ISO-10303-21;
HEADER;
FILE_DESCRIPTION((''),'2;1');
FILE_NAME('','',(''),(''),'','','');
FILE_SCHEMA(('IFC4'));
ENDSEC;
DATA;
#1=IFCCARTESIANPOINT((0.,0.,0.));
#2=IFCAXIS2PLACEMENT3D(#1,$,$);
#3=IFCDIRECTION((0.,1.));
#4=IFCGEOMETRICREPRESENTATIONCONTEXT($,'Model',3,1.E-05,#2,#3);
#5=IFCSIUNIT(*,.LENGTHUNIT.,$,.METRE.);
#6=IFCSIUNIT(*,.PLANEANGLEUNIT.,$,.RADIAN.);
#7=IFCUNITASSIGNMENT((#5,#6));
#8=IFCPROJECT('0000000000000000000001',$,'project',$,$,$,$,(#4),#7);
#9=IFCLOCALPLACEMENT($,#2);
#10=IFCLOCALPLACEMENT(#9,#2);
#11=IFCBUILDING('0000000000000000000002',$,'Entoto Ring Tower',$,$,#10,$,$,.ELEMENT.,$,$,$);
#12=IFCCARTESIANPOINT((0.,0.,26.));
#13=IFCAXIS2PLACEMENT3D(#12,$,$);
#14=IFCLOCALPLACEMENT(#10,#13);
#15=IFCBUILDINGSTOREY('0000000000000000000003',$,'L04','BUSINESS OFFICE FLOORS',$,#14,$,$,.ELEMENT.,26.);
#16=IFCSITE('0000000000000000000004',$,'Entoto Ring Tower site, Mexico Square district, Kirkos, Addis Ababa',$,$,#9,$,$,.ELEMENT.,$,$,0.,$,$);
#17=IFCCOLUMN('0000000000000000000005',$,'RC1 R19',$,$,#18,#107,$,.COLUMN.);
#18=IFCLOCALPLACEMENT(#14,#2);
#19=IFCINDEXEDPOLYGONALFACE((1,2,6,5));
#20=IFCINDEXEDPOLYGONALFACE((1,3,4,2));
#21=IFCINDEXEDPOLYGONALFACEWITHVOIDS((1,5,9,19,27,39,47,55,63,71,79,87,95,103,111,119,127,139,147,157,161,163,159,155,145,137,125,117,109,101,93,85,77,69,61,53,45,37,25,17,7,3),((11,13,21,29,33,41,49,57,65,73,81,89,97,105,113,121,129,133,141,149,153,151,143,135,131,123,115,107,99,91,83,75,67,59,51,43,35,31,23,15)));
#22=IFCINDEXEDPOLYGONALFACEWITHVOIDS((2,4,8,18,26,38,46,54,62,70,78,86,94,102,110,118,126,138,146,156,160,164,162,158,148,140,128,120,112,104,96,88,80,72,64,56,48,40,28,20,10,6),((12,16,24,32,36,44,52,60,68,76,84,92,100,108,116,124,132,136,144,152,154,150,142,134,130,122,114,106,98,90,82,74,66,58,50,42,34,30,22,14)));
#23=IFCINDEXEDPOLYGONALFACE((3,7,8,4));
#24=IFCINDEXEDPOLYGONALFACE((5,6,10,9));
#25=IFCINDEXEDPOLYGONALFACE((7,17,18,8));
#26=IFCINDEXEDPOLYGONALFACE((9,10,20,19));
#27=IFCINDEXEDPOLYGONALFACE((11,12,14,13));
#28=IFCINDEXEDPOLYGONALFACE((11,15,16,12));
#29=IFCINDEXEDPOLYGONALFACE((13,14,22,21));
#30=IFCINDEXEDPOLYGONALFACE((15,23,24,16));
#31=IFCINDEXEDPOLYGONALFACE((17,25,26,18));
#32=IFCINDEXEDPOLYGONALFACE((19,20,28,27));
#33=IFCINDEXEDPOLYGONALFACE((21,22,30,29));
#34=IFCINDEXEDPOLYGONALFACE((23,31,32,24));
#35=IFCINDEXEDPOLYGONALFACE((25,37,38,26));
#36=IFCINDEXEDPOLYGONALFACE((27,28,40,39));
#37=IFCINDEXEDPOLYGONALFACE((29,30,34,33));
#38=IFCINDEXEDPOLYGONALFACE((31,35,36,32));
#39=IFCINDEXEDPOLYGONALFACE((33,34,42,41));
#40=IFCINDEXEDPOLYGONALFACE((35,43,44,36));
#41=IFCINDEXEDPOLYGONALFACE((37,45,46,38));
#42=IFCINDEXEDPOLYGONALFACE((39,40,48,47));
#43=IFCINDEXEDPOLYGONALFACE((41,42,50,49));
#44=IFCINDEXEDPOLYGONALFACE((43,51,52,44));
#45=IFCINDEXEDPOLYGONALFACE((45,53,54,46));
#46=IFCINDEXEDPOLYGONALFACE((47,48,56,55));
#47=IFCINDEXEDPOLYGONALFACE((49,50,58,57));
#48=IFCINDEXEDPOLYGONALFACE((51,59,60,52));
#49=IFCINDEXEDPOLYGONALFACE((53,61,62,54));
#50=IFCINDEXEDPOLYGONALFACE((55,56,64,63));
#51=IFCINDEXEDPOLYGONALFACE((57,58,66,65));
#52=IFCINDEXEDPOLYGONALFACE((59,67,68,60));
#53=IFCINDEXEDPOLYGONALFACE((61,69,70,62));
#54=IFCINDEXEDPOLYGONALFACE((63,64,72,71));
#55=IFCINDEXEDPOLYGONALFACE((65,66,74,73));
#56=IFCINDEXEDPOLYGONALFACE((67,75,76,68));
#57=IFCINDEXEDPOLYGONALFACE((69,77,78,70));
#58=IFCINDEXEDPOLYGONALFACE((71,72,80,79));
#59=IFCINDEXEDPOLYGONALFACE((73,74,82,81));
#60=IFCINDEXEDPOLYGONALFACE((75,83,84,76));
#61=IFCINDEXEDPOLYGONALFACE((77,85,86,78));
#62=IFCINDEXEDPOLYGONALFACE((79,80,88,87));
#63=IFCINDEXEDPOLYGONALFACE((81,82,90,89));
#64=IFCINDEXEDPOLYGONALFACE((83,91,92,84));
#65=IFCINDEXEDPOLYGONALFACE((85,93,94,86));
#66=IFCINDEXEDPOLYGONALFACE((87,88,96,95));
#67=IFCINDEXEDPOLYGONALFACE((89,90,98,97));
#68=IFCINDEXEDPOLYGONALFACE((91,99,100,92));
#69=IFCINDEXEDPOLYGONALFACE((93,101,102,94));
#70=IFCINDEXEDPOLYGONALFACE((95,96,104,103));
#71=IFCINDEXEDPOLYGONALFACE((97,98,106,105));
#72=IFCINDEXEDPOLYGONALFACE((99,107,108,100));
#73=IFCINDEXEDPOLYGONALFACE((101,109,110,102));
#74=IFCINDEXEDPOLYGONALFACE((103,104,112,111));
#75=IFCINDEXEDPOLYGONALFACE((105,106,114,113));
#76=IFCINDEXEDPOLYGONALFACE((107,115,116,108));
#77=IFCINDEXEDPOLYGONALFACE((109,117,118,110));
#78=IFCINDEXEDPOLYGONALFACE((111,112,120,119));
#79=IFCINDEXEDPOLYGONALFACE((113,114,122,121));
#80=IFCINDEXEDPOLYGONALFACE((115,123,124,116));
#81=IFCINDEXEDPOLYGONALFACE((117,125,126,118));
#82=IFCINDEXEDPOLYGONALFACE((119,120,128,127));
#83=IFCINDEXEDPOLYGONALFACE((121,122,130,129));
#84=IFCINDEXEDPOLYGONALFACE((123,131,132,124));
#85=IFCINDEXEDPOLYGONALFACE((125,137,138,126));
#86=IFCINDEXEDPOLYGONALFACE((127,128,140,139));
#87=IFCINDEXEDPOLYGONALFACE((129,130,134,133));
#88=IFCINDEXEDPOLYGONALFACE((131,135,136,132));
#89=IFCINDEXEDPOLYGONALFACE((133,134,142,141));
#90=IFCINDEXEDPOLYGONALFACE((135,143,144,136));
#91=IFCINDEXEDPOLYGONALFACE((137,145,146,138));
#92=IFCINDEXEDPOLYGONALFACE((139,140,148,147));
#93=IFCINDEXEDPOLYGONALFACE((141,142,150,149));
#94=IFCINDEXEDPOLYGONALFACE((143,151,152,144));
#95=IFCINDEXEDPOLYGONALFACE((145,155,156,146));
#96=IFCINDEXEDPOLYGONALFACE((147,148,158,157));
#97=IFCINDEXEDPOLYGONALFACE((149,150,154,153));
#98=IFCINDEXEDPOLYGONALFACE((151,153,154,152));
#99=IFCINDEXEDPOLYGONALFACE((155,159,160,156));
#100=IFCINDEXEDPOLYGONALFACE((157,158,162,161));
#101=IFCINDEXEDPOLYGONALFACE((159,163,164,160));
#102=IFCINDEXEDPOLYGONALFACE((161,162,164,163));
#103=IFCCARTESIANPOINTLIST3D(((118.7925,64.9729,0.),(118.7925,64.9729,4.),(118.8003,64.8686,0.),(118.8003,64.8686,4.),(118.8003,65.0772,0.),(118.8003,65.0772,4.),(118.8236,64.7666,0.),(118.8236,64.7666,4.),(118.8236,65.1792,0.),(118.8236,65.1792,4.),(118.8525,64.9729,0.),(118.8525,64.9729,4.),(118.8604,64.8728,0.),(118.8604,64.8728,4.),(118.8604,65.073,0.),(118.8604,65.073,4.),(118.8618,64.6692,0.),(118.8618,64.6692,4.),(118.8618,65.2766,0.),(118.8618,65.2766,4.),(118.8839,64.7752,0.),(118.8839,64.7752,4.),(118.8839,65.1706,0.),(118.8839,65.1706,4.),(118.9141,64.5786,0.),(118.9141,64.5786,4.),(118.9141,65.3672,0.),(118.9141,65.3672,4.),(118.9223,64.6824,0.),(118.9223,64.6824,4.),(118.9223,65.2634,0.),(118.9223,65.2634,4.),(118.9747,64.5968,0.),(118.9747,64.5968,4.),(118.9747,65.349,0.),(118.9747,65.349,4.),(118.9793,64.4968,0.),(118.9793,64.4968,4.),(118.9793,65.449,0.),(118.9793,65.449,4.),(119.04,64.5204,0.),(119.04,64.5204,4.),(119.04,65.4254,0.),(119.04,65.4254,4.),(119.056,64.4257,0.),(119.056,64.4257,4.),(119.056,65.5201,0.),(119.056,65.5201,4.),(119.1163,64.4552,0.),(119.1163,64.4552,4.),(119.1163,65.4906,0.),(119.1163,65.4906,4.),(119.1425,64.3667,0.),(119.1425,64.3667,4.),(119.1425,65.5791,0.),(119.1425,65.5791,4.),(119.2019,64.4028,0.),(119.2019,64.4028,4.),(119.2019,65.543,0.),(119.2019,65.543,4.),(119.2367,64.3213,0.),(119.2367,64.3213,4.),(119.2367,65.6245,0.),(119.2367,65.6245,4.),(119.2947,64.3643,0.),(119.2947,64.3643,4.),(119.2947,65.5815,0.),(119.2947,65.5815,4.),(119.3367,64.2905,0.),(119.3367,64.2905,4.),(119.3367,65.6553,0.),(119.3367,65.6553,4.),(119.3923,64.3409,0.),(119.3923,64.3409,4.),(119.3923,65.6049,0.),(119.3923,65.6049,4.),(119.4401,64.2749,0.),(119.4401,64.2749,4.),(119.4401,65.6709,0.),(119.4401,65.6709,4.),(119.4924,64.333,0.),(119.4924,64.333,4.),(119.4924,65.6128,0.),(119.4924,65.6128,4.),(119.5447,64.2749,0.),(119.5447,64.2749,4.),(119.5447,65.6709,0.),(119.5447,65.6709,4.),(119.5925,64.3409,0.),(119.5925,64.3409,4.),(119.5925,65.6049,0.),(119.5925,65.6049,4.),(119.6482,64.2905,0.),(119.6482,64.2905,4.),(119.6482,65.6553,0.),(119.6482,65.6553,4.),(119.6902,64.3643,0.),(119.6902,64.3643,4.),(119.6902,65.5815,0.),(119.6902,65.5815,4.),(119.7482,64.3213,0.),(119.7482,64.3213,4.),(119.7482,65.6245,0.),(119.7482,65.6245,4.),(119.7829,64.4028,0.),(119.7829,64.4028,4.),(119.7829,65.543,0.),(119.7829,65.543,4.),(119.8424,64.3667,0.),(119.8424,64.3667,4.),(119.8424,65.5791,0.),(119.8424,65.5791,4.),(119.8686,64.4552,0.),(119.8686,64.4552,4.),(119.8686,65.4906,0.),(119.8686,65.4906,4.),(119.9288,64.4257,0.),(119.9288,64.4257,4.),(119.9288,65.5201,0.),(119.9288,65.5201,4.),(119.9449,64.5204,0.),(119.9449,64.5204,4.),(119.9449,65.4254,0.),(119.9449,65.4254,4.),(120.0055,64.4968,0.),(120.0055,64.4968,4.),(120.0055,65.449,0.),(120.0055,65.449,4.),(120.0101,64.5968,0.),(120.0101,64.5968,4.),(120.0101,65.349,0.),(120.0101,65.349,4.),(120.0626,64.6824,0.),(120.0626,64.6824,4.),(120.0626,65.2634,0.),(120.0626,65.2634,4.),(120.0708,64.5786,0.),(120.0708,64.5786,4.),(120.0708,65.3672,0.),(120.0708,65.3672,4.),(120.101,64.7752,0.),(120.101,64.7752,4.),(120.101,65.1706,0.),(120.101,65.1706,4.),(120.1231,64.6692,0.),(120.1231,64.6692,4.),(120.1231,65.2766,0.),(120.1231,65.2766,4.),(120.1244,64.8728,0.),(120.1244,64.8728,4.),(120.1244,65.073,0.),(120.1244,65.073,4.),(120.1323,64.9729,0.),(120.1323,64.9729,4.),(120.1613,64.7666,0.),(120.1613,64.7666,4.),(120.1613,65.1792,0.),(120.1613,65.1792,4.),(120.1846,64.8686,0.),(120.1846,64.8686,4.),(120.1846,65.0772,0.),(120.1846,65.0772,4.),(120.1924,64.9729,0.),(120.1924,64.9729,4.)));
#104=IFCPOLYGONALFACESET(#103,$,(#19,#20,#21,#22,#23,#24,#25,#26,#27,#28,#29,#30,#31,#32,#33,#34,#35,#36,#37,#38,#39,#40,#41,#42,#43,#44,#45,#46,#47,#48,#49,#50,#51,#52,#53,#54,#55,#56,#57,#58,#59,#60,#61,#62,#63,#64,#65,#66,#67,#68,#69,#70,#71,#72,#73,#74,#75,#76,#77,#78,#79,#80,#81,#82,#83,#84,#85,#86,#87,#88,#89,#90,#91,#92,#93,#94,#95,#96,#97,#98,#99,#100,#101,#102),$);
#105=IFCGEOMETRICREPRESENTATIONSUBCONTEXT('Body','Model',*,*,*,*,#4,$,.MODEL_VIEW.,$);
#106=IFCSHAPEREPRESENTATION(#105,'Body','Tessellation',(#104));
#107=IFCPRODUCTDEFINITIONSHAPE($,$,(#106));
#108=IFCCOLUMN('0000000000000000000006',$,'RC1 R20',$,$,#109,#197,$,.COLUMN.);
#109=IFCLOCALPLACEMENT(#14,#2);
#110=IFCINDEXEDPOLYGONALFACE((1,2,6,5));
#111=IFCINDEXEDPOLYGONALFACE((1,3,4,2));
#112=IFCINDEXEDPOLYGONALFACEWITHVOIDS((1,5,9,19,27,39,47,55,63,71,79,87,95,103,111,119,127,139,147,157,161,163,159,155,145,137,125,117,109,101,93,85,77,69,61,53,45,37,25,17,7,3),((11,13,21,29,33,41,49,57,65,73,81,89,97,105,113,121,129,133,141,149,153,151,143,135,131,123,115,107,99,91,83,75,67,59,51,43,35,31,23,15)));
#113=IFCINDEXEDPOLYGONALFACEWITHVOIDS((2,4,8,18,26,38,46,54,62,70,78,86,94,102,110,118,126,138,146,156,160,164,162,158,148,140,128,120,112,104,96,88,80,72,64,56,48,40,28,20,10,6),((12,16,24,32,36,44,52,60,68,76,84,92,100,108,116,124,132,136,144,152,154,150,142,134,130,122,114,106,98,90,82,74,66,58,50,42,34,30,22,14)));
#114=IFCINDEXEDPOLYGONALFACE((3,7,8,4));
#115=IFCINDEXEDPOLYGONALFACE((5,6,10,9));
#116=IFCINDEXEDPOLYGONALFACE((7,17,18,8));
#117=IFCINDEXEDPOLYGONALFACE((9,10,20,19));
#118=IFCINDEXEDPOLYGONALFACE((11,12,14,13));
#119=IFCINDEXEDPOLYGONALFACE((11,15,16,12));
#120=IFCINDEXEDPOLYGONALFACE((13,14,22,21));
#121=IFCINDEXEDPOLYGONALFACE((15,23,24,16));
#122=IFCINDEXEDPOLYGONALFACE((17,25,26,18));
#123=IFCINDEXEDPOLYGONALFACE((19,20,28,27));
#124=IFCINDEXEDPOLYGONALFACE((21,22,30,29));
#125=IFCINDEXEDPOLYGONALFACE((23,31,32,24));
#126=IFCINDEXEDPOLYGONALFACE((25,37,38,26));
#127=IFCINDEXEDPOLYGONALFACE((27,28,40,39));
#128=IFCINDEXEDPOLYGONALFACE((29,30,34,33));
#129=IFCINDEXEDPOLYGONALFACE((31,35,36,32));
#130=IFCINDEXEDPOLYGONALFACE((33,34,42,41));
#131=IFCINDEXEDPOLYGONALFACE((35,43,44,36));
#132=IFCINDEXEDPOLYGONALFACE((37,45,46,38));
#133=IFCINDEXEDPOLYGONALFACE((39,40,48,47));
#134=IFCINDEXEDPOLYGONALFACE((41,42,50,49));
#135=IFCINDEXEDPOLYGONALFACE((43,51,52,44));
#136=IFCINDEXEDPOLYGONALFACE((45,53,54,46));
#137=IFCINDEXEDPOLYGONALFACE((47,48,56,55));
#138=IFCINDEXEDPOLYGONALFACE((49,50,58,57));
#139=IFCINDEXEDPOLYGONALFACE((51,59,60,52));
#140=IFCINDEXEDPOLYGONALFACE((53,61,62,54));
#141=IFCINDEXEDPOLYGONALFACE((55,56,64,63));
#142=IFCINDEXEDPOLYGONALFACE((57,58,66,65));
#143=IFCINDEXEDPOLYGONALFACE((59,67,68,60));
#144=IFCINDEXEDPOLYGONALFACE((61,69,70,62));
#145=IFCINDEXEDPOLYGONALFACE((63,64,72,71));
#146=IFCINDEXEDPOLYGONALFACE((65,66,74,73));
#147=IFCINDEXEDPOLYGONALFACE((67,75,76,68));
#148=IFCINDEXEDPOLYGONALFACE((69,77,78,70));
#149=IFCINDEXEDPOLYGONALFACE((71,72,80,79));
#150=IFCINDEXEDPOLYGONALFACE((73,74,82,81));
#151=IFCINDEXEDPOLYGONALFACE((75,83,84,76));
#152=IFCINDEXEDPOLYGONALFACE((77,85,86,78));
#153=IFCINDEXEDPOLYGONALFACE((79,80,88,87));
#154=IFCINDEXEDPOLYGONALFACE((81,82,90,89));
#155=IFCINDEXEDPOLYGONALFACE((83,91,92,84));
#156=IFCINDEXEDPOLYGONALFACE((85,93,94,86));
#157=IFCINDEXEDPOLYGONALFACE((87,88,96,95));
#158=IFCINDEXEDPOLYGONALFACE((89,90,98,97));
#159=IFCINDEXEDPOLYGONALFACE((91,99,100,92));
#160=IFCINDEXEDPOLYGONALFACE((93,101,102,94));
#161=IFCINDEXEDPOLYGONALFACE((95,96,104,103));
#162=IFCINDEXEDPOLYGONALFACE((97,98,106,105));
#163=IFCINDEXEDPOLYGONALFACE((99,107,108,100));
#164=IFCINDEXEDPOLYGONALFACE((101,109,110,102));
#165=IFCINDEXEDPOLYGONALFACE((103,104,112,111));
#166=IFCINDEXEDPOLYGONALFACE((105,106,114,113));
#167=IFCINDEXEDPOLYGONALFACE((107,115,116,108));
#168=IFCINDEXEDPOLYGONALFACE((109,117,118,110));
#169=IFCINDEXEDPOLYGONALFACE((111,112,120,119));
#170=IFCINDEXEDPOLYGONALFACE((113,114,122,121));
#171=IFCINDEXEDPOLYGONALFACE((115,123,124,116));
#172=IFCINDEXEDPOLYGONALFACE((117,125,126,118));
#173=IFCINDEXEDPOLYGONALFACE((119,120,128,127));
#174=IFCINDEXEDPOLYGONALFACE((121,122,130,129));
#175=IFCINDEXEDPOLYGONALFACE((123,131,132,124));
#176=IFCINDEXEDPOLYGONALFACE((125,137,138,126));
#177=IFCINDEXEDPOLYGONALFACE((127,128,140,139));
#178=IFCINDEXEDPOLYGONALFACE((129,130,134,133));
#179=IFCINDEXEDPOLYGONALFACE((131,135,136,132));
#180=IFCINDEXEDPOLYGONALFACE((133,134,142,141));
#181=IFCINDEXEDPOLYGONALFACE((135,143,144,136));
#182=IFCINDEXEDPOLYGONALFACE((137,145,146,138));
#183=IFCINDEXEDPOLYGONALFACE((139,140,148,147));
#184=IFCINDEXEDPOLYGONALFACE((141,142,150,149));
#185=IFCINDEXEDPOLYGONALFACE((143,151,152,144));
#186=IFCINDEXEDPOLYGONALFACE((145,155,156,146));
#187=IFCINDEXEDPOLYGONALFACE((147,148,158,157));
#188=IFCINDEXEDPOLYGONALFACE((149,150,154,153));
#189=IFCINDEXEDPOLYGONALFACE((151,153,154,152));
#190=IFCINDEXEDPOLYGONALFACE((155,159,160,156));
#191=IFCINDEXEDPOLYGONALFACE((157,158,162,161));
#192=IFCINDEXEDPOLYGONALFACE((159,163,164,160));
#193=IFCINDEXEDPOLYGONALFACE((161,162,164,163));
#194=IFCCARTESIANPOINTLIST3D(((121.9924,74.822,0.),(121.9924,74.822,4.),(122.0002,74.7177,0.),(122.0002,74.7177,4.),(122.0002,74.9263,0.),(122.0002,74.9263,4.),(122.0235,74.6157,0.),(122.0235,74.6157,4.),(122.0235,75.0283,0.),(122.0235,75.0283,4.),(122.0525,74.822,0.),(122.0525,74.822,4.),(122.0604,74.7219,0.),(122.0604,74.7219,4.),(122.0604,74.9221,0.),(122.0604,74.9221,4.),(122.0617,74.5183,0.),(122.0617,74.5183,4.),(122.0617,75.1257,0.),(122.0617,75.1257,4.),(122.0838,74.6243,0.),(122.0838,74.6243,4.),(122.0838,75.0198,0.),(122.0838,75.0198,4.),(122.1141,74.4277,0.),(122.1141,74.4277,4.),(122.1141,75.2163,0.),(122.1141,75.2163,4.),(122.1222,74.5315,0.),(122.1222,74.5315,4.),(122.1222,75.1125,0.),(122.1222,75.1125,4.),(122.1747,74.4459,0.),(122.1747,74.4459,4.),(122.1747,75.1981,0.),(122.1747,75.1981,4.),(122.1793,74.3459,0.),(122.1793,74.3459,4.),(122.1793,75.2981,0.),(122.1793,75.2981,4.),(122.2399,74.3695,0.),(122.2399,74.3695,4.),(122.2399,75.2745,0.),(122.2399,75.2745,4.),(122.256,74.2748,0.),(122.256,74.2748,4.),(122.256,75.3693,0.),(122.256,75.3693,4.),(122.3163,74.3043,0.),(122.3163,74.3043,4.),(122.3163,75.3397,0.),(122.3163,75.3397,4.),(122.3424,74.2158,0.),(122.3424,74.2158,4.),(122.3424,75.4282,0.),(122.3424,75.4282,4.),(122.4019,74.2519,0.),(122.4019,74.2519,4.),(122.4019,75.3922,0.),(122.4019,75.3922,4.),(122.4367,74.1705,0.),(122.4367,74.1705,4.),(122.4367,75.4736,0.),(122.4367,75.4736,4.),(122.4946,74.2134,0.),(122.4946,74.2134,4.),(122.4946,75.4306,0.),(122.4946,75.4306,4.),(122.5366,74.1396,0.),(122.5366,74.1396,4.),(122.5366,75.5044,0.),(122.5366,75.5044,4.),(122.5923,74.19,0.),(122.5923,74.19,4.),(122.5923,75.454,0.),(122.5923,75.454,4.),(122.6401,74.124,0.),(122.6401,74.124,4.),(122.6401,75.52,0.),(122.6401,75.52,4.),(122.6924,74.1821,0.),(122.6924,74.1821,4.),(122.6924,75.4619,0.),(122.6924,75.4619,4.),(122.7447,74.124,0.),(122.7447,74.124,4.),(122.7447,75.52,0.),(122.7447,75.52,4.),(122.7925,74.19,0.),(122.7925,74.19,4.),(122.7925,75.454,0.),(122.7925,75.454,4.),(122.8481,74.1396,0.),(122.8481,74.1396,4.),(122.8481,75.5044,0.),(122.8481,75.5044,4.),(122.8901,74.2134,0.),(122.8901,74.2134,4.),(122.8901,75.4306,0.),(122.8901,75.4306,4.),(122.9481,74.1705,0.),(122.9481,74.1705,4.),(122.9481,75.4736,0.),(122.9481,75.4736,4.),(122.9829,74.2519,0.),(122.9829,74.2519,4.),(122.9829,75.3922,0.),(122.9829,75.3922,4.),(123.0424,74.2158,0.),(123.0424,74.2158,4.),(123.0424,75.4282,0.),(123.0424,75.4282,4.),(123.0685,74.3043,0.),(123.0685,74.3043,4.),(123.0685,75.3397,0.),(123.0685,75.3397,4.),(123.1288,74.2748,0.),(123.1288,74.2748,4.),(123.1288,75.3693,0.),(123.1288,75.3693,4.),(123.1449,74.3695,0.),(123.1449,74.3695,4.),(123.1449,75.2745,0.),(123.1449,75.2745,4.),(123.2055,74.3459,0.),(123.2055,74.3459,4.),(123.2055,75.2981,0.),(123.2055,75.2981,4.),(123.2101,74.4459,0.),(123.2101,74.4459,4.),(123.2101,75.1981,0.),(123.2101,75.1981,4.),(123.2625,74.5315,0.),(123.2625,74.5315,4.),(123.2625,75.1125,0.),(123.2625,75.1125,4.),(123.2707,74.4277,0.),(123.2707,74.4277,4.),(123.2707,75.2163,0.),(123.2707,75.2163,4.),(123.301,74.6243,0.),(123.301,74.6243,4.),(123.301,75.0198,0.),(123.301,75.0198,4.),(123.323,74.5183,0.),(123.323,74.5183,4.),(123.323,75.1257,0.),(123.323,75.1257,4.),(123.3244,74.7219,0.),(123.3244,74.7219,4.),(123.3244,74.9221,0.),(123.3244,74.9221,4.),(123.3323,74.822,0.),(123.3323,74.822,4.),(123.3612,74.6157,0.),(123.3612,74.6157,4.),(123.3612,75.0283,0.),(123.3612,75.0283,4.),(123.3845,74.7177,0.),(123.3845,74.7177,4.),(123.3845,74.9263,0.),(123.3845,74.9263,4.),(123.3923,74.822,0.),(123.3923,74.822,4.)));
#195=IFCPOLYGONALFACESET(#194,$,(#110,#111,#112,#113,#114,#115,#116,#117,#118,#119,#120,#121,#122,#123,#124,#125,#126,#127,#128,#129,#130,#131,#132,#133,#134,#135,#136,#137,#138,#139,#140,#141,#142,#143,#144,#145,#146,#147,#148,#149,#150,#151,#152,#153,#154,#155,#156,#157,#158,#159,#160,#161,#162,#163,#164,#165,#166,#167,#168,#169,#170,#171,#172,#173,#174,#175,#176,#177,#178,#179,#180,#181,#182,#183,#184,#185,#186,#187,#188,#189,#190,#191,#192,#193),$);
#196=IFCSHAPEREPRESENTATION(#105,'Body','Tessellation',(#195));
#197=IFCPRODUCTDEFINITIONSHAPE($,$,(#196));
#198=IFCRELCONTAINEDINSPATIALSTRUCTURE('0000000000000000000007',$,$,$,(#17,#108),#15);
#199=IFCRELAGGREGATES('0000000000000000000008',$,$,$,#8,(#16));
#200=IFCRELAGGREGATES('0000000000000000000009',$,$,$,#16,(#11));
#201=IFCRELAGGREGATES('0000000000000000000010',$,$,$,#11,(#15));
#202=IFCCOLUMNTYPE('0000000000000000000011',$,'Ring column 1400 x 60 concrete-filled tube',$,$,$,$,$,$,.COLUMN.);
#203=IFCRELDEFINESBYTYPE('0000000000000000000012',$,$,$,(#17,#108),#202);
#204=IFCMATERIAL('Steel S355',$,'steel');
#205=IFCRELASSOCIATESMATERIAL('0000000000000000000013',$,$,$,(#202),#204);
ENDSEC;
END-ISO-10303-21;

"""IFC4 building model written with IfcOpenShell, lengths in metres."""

from ifc_helpers import new_model, si_unit, direction, frame, origin, origin_2d, place, context, subcontext, project, spatial, circle, hollow_circle, extrude, material, material_profile, profile_set, type_object, element, save


model = new_model("IFC4")

# Units and contexts
model_context = context("Model", 3, precision=1e-05, world=origin(), true_north=direction((0.0, 1.0)))
body_context = subcontext(model_context, "Body", "Model", "MODEL_VIEW")
ifc_project = project(units=[si_unit("LENGTHUNIT", "METRE"), si_unit("PLANEANGLEUNIT", "RADIAN")], contexts=[model_context])

# Site, building, storey
site_placement = place(None, origin())
site = spatial("IfcSite", under=ifc_project, at=site_placement, Name="Entoto Ring Tower site, Mexico Square district, Kirkos, Addis Ababa", CompositionType="ELEMENT", RefElevation=0.0)
building_placement = place(site_placement, origin())
building = spatial("IfcBuilding", under=site, at=building_placement, Name="Entoto Ring Tower", CompositionType="ELEMENT")
storey_placement = place(building_placement, frame((0.0, 0.0, 26.0)))
storey = spatial("IfcBuildingStorey", under=building, at=storey_placement, Name="L04", Description="BUSINESS OFFICE FLOORS", CompositionType="ELEMENT", Elevation=26.0)

# Columns
ifc_material_1 = material(Name="Steel S355", Category="steel")
ifc_material_profile_1 = material_profile(ifc_material_1, hollow_circle(Radius=0.7, WallThickness=0.0601, at=origin_2d()), Name="CHS 1400 x 60")
ifc_material_2 = material(Name="Concrete C60/75", Category="concrete")
ifc_material_profile_2 = material_profile(ifc_material_2, circle(Radius=0.6399, at=origin_2d()), Name="Concrete C60/75 infill")
ifc_profile_set_1 = profile_set([ifc_material_profile_1, ifc_material_profile_2], Name="Steel S355")
column_type = type_object("IfcColumnType", Name="Ring column 1400 x 60 concrete-filled tube", PredefinedType="COLUMN", material=ifc_profile_set_1)
for number, where, z_axis, x_axis, name in (
    (1, (119.4924, 64.9729, 0.0), (0.0, 0.0, 1.0), (1.0, 0.0, 0.0), "RC1 R19"),
    (2, (122.6924, 74.822, 0.0), (0.0, 0.0, 1.0), (1.0, 0.0, 0.0), "RC1 R20"),
):
    element("IfcColumn", number, at=place(storey_placement, frame(where, z_axis=z_axis, x_axis=x_axis)), inside=storey, type_object=column_type, Name=name, PredefinedType="COLUMN", context=body_context, shape_type="SweptSolid", body=[
        extrude(hollow_circle(Radius=0.7, WallThickness=0.0601, at=origin_2d()), origin(), (0.0, 0.0, 1.0), 4.0),
    ])

save(model, "model.ifc")
